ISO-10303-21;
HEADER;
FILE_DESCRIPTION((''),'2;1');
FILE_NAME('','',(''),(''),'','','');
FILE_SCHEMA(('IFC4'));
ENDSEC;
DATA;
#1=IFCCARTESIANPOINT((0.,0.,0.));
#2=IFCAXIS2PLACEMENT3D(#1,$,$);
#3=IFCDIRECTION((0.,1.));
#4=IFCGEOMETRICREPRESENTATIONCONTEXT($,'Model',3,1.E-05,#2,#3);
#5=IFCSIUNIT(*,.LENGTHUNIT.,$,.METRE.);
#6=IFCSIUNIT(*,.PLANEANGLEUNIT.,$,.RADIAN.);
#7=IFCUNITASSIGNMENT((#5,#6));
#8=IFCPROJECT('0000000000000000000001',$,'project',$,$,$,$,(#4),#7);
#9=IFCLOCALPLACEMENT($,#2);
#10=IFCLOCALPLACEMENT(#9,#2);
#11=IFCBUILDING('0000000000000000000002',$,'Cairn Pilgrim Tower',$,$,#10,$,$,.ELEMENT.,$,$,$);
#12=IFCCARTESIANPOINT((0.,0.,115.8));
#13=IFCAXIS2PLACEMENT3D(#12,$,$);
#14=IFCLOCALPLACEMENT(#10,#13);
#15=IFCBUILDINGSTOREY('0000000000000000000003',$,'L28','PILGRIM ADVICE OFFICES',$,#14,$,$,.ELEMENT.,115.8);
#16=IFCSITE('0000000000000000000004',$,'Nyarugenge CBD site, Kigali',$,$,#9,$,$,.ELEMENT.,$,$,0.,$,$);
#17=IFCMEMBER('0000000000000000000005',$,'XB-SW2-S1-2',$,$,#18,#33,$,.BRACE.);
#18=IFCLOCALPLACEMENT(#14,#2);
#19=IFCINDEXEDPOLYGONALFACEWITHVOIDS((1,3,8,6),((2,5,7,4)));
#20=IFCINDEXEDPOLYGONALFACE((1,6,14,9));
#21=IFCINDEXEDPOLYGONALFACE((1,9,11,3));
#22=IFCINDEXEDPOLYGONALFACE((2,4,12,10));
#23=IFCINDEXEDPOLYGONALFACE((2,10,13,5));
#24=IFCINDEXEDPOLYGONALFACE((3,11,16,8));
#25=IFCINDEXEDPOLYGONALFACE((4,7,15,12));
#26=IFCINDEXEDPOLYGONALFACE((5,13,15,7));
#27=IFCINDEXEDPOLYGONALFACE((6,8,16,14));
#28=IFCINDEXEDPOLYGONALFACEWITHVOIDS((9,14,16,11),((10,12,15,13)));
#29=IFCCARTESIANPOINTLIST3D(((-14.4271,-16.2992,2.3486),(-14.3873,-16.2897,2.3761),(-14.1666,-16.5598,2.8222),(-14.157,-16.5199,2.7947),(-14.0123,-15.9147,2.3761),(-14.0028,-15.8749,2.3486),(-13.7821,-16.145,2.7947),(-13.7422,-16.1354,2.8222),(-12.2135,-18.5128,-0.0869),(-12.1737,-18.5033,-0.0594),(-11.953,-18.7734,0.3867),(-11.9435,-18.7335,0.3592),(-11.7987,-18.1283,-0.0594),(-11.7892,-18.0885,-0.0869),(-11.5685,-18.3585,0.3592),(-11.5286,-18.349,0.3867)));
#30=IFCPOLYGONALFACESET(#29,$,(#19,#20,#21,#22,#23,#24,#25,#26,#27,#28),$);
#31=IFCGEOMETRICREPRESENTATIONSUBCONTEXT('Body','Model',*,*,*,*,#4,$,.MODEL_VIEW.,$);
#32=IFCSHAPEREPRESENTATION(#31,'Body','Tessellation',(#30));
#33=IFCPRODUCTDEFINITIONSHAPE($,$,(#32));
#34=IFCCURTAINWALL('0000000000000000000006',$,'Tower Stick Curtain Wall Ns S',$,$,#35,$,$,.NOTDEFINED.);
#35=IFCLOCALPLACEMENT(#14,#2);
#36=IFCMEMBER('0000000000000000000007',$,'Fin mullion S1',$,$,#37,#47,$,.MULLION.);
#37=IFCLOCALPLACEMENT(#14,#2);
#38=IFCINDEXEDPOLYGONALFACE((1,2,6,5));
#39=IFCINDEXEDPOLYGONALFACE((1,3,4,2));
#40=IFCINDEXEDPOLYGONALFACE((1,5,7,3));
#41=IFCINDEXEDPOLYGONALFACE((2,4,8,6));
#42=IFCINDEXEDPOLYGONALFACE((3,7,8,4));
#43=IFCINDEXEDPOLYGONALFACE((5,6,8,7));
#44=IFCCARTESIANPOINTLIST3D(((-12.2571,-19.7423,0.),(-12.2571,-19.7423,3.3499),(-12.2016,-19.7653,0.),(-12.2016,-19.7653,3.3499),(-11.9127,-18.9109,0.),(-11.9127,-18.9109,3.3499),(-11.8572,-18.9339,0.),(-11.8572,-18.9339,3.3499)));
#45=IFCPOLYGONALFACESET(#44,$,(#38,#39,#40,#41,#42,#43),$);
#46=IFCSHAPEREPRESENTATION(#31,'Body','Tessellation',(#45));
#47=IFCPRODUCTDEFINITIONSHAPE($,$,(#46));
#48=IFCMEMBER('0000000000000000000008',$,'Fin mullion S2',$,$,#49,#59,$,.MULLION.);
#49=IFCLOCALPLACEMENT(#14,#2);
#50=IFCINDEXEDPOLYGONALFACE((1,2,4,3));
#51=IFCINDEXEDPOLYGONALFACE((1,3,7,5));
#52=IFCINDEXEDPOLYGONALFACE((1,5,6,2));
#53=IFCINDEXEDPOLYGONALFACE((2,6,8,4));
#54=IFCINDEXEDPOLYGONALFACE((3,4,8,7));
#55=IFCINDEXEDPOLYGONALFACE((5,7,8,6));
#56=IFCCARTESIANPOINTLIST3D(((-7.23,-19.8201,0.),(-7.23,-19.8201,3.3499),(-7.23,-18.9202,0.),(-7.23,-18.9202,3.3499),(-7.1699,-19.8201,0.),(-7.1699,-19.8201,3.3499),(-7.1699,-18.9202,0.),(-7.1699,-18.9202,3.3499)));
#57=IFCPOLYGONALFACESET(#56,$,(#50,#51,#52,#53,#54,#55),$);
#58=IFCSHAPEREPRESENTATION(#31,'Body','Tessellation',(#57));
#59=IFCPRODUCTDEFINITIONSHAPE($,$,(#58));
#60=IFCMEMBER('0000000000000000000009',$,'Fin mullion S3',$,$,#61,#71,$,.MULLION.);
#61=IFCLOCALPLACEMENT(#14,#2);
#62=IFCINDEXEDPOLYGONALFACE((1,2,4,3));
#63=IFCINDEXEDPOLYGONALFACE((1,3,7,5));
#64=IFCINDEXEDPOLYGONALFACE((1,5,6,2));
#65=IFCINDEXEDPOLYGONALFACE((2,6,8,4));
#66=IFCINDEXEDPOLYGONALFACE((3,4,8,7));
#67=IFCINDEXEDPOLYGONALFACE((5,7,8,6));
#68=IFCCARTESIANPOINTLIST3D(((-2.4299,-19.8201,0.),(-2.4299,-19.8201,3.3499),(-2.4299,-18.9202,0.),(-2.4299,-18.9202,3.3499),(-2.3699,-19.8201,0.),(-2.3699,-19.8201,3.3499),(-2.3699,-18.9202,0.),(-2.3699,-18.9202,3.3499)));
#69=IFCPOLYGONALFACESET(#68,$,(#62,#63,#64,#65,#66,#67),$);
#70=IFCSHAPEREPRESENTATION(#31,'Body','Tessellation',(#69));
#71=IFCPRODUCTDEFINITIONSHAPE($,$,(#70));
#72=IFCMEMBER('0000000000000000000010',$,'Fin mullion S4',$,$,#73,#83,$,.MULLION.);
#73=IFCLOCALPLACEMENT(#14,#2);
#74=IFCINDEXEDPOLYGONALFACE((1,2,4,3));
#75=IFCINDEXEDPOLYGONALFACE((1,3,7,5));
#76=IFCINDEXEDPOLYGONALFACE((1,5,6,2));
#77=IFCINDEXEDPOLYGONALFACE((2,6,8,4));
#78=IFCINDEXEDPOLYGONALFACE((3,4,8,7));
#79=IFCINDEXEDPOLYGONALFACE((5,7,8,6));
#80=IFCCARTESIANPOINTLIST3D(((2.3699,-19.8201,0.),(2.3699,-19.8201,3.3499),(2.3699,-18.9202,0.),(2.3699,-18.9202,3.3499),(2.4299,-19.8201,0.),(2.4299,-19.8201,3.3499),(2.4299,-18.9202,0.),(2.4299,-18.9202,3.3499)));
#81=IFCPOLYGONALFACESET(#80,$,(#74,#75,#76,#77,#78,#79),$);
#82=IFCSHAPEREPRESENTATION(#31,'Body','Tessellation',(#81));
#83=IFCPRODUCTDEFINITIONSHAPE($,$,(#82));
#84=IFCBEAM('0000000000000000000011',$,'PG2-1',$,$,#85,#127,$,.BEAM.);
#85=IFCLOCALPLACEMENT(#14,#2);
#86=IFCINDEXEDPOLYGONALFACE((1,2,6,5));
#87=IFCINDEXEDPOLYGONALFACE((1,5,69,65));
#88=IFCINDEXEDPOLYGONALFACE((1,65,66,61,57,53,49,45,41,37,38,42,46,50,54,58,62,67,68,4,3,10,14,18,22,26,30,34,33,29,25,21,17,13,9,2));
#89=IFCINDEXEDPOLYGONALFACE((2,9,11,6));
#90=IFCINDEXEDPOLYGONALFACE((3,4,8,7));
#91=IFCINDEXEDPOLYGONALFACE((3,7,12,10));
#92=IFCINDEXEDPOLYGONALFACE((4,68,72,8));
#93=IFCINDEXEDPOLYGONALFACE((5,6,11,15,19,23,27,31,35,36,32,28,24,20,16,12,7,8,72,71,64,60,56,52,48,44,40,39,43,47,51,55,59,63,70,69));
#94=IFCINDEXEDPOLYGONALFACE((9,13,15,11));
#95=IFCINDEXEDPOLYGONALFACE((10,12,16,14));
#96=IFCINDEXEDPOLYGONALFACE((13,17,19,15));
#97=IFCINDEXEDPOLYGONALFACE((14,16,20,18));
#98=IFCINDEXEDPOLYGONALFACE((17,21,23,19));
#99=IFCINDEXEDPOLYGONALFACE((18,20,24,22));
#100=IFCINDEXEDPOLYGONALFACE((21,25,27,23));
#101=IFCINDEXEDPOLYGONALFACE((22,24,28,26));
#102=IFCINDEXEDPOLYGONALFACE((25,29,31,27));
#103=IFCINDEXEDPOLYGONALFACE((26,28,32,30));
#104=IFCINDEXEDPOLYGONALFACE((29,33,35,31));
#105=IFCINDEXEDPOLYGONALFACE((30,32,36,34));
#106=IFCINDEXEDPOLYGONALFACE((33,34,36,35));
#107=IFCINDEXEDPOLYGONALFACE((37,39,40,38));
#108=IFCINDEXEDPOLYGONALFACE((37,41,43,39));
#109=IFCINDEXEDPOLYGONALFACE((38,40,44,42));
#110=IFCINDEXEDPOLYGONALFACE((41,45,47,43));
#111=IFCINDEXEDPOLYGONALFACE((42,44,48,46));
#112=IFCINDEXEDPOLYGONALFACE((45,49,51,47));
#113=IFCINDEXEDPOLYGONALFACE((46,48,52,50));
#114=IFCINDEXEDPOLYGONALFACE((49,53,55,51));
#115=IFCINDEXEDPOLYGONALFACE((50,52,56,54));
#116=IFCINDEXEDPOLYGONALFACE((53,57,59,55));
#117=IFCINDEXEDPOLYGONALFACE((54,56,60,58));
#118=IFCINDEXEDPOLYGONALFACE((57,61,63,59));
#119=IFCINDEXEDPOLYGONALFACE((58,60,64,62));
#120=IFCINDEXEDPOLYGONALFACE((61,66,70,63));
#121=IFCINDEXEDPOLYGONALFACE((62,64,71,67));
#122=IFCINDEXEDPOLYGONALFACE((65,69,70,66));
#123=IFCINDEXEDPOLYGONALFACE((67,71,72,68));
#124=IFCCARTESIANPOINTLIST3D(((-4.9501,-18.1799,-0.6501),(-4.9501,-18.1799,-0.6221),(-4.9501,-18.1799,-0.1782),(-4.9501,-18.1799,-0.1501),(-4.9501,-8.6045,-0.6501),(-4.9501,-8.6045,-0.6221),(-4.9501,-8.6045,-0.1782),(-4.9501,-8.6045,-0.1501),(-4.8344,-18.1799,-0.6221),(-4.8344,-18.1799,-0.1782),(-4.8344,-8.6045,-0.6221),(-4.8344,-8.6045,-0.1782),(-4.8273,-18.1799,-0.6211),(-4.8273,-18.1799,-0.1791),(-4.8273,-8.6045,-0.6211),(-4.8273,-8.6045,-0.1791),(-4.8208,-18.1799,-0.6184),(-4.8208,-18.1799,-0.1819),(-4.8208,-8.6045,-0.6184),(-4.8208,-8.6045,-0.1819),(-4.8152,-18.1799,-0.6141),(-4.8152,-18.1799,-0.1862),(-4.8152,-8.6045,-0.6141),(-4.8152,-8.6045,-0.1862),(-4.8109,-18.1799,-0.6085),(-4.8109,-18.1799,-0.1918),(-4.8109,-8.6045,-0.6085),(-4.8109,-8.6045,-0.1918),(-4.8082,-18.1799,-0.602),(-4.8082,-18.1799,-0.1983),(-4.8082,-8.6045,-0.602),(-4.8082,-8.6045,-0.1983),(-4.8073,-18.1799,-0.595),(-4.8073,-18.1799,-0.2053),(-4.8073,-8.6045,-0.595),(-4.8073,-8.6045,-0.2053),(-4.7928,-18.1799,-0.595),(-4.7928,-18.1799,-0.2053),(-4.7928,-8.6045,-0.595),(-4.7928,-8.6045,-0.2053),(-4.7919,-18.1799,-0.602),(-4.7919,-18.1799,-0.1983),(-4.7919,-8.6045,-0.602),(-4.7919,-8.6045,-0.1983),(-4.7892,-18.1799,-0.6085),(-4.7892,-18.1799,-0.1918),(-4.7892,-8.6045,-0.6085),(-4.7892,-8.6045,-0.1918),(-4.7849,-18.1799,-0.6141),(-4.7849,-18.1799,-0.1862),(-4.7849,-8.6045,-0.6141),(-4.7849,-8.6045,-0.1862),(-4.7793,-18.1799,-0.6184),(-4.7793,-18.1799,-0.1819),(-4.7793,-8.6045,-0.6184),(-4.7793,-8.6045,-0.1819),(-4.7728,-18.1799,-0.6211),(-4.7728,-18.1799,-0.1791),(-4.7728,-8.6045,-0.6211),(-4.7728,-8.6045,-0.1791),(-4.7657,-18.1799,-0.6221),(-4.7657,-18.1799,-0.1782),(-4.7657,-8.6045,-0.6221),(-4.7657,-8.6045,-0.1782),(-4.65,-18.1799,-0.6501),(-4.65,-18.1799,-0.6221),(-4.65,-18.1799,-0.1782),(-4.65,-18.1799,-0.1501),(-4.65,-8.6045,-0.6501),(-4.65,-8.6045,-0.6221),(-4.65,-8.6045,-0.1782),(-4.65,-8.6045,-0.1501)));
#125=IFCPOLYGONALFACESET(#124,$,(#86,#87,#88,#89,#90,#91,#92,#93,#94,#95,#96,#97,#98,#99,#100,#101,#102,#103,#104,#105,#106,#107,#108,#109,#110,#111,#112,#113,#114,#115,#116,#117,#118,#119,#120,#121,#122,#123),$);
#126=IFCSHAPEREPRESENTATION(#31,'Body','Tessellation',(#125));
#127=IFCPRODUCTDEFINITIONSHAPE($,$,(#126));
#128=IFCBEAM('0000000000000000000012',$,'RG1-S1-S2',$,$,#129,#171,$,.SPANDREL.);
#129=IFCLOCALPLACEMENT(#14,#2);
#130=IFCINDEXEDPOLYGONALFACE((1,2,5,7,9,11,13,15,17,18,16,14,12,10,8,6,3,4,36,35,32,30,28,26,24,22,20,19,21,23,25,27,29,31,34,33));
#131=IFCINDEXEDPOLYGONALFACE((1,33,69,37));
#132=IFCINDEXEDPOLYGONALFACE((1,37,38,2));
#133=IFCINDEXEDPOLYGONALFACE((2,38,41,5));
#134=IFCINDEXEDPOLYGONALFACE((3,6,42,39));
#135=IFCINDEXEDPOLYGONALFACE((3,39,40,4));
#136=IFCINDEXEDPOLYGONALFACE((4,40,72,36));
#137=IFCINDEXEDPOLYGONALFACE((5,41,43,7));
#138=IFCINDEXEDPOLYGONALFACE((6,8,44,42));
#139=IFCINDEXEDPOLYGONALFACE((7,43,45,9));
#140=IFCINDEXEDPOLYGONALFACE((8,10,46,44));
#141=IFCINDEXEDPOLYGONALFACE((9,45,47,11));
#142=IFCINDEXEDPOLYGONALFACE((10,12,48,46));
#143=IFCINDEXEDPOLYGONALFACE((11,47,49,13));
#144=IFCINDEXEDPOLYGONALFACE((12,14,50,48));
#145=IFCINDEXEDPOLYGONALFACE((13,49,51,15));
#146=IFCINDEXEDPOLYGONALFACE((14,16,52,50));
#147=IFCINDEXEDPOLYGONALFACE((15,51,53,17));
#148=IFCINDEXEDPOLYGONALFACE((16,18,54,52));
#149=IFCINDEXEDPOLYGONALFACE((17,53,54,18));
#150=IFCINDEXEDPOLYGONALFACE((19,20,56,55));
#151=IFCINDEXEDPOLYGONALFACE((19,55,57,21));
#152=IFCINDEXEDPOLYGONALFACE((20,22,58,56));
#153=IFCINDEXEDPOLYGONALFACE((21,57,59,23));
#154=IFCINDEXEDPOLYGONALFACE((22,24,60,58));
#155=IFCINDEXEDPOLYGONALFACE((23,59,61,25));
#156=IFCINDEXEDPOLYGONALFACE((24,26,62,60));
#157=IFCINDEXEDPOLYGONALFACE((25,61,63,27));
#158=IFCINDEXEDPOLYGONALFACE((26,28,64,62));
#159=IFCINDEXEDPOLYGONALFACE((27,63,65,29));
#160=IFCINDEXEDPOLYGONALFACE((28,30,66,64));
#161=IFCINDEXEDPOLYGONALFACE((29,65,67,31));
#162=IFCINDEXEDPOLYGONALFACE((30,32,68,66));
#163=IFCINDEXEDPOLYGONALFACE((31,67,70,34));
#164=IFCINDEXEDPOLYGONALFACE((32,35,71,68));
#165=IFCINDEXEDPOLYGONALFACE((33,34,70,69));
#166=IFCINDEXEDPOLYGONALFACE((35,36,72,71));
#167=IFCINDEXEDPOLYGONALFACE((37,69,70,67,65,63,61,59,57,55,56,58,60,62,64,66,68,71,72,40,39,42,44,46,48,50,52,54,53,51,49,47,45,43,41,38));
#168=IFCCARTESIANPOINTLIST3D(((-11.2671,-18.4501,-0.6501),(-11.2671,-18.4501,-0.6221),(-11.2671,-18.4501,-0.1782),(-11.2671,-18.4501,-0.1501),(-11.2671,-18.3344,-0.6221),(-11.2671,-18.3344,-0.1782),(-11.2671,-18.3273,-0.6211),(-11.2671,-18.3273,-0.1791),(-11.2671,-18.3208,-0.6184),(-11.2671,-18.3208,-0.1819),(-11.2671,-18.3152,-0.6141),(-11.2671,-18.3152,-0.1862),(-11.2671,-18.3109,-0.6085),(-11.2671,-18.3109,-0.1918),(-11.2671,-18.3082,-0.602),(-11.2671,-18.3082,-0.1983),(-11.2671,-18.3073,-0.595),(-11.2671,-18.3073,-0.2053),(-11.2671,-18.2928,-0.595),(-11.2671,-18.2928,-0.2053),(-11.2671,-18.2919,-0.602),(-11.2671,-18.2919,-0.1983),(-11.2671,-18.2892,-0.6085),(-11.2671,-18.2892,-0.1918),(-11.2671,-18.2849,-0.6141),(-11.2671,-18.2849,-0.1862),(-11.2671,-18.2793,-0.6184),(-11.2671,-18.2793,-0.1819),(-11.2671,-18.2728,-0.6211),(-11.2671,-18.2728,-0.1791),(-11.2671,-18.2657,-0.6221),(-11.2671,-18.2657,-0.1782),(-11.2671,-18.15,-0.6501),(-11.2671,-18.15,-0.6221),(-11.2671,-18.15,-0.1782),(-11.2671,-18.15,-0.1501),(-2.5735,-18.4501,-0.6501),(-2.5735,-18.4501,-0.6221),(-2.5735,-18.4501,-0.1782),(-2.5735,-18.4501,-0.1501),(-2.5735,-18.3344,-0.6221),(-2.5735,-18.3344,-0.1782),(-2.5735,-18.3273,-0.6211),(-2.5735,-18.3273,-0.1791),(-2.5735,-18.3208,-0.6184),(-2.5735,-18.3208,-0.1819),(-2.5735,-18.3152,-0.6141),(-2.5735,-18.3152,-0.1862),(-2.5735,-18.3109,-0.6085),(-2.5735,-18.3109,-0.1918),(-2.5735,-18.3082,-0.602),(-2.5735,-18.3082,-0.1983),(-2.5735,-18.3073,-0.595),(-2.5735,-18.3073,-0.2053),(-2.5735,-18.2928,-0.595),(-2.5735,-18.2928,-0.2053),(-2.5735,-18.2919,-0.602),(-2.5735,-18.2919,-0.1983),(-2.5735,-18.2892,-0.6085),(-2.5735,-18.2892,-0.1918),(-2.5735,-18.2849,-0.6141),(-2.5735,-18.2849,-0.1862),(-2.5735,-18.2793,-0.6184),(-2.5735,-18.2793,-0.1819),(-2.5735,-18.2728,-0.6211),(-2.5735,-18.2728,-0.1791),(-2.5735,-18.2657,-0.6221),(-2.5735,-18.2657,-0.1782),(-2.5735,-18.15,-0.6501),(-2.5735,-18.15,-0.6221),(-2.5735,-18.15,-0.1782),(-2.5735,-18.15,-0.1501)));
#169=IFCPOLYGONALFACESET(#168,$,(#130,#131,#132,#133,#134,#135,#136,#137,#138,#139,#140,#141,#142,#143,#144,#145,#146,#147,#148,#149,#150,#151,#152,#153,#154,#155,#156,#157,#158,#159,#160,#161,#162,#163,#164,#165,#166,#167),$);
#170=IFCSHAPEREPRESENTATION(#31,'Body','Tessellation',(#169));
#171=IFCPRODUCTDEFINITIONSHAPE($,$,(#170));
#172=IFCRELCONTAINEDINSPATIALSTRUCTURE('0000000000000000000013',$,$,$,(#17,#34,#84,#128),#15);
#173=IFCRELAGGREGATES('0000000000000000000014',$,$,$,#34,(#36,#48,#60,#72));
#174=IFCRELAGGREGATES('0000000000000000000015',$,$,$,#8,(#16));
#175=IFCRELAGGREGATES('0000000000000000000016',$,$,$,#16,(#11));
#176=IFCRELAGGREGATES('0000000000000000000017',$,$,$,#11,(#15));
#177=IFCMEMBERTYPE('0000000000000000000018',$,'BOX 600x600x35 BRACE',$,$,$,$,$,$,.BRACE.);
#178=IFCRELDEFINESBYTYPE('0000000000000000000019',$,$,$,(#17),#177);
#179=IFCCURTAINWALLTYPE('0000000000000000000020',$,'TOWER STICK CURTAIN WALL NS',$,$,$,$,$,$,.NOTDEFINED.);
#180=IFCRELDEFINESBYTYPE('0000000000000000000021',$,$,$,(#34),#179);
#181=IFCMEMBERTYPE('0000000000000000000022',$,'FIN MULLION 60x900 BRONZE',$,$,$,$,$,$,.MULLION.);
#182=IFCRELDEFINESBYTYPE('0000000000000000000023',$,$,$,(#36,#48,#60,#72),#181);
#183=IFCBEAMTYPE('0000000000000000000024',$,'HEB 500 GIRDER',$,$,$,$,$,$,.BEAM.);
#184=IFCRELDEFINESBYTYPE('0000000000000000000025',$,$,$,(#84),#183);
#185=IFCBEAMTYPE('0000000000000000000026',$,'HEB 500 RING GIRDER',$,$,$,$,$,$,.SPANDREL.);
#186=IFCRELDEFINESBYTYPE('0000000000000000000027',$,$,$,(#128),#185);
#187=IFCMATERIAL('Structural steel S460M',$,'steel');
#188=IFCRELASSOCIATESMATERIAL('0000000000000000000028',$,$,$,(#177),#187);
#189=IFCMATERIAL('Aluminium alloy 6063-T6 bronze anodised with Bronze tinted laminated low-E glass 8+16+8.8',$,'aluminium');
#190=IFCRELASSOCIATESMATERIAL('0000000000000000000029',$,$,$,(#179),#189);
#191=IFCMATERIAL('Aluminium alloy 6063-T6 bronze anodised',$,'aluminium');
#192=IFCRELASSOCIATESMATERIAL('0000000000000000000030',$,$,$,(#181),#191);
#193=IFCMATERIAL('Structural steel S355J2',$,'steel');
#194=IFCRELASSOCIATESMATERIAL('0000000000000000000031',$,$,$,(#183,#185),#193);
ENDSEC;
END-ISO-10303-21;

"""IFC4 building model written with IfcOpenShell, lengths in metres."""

from ifc_helpers import new_model, si_unit, direction, frame, origin, origin_2d, place, context, subcontext, project, spatial, rectangle, hollow_rectangle, i_section, extrude, material, material_profile, profile_set, type_object, element, aggregate, save


model = new_model("IFC4")

# Units and contexts
model_context = context("Model", 3, precision=1e-05, world=origin(), true_north=direction((0.0, 1.0)))
body_context = subcontext(model_context, "Body", "Model", "MODEL_VIEW")
ifc_project = project(units=[si_unit("LENGTHUNIT", "METRE"), si_unit("PLANEANGLEUNIT", "RADIAN")], contexts=[model_context])

# Site, building, storey
site_placement = place(None, origin())
site = spatial("IfcSite", under=ifc_project, at=site_placement, Name="Nyarugenge CBD site, Kigali", CompositionType="ELEMENT", RefElevation=0.0)
building_placement = place(site_placement, origin())
building = spatial("IfcBuilding", under=site, at=building_placement, Name="Cairn Pilgrim Tower", CompositionType="ELEMENT")
storey_placement = place(building_placement, frame((0.0, 0.0, 115.8)))
storey = spatial("IfcBuildingStorey", under=building, at=storey_placement, Name="L28", Description="PILGRIM ADVICE OFFICES", CompositionType="ELEMENT", Elevation=115.8)

# Shared definitions
ifc_material_1 = material(Name="Structural steel S460M", Category="steel")

# Member
ifc_material_profile_1 = material_profile(ifc_material_1, hollow_rectangle(XDim=0.6001, YDim=0.6001, WallThickness=0.0349, at=origin_2d()), Name="BOX 600x600x35")
ifc_profile_set_1 = profile_set([ifc_material_profile_1], Name="Structural steel S460M")
member_type_1 = type_object("IfcMemberType", Name="BOX 600x600x35 BRACE", PredefinedType="BRACE", material=ifc_profile_set_1)
member_1_placement = place(storey_placement, frame((-11.8711, -18.4309, 0.1499), z_axis=(-0.558097, 0.558097, 0.614048), x_axis=(-0.707107, -0.707107, 0.0)))
element("IfcMember", 1, at=member_1_placement, inside=storey, type_object=member_type_1, Name="XB-SW2-S1-2", PredefinedType="BRACE", context=body_context, shape_type="SweptSolid", body=[
    extrude(hollow_rectangle(XDim=0.6001, YDim=0.6001, WallThickness=0.0349, at=origin_2d()), origin(), (0.0, 0.0, 1.0), 3.9663),
])

# Curtain wall, members
ifc_material_2 = material(Name="Aluminium alloy 6063-T6 bronze anodised with Bronze tinted laminated low-E glass 8+16+8.8", Category="aluminium")
curtain_wall_type = type_object("IfcCurtainWallType", Name="TOWER STICK CURTAIN WALL NS", PredefinedType="NOTDEFINED", material=ifc_material_2)
curtain_wall_placement = place(storey_placement, origin())
curtain_wall = element("IfcCurtainWall", 2, at=curtain_wall_placement, inside=storey, type_object=curtain_wall_type, Name="Tower Stick Curtain Wall Ns S", PredefinedType="NOTDEFINED")
ifc_material_3 = material(Name="Aluminium alloy 6063-T6 bronze anodised", Category="aluminium")
ifc_material_profile_2 = material_profile(ifc_material_3, rectangle(XDim=0.8999, YDim=0.0601, at=origin_2d()), Name="FIN MULLION 60x900 BRONZE")
ifc_profile_set_2 = profile_set([ifc_material_profile_2], Name="Aluminium alloy 6063-T6 bronze anodised")
member_type_2 = type_object("IfcMemberType", Name="FIN MULLION 60x900 BRONZE", PredefinedType="MULLION", material=ifc_profile_set_2)
member_2_placement = place(storey_placement, frame((-12.0571, -19.3381, 0.0), z_axis=(0.0, 0.0, 1.0), x_axis=(-0.382683, -0.92388, 0.0)))
member_2 = element("IfcMember", 3, at=member_2_placement, type_object=member_type_2, Name="Fin mullion S1", PredefinedType="MULLION", context=body_context, shape_type="SweptSolid", body=[
    extrude(rectangle(XDim=0.8999, YDim=0.0601, at=origin_2d()), origin(), (0.0, 0.0, 1.0), 3.3499),
])
member_3_placement = place(storey_placement, frame((-7.2, -19.3701, 0.0), z_axis=(0.0, 0.0, 1.0), x_axis=(0.0, -1.0, 0.0)))
member_3 = element("IfcMember", 4, at=member_3_placement, type_object=member_type_2, Name="Fin mullion S2", PredefinedType="MULLION", context=body_context, shape_type="SweptSolid", body=[
    extrude(rectangle(XDim=0.8999, YDim=0.0601, at=origin_2d()), origin(), (0.0, 0.0, 1.0), 3.3499),
])
member_4_placement = place(storey_placement, frame((-2.3999, -19.3701, 0.0), z_axis=(0.0, 0.0, 1.0), x_axis=(0.0, -1.0, 0.0)))
member_4 = element("IfcMember", 5, at=member_4_placement, type_object=member_type_2, Name="Fin mullion S3", PredefinedType="MULLION", context=body_context, shape_type="SweptSolid", body=[
    extrude(rectangle(XDim=0.8999, YDim=0.0601, at=origin_2d()), origin(), (0.0, 0.0, 1.0), 3.3499),
])
member_5_placement = place(storey_placement, frame((2.3999, -19.3701, 0.0), z_axis=(0.0, 0.0, 1.0), x_axis=(0.0, -1.0, 0.0)))
member_5 = element("IfcMember", 6, at=member_5_placement, type_object=member_type_2, Name="Fin mullion S4", PredefinedType="MULLION", context=body_context, shape_type="SweptSolid", body=[
    extrude(rectangle(XDim=0.8999, YDim=0.0601, at=origin_2d()), origin(), (0.0, 0.0, 1.0), 3.3499),
])

# Beams
ifc_material_4 = material(Name="Structural steel S355J2", Category="steel")
ifc_material_profile_3 = material_profile(ifc_material_4, i_section(OverallWidth=0.3, OverallDepth=0.5, WebThickness=0.0144, FlangeThickness=0.0281, FilletRadius=0.0271, at=origin_2d()), Name="HEB 500")
ifc_profile_set_3 = profile_set([ifc_material_profile_3], Name="Structural steel S355J2")
beam_type_1 = type_object("IfcBeamType", Name="HEB 500 GIRDER", PredefinedType="BEAM", material=ifc_profile_set_3)
beam_1_placement = place(storey_placement, frame((-4.8, -18.1799, -0.4001), z_axis=(0.0, 1.0, 0.0), x_axis=(-1.0, 0.0, 0.0)))
element("IfcBeam", 7, at=beam_1_placement, inside=storey, type_object=beam_type_1, Name="PG2-1", PredefinedType="BEAM", context=body_context, shape_type="SweptSolid", body=[
    extrude(i_section(OverallWidth=0.3, OverallDepth=0.5, WebThickness=0.0144, FlangeThickness=0.0281, FilletRadius=0.0271, at=origin_2d()), origin(), (0.0, 0.0, 1.0), 9.5754),
])
ifc_material_profile_4 = material_profile(ifc_material_4, i_section(OverallWidth=0.3, OverallDepth=0.5, WebThickness=0.0144, FlangeThickness=0.0281, FilletRadius=0.0271, at=origin_2d()), Name="HEB 500")
ifc_profile_set_4 = profile_set([ifc_material_profile_4], Name="Structural steel S355J2")
beam_type_2 = type_object("IfcBeamType", Name="HEB 500 RING GIRDER", PredefinedType="SPANDREL", material=ifc_profile_set_4)
for number, where, z_axis, x_axis, name in (
    (8, (-11.2671, -18.3, -0.4001), (1.0, 0.0, 0.0), (0.0, 1.0, 0.0), "RG1-S1-S2"),
):
    element("IfcBeam", number, at=place(storey_placement, frame(where, z_axis=z_axis, x_axis=x_axis)), inside=storey, type_object=beam_type_2, Name=name, PredefinedType="SPANDREL", context=body_context, shape_type="SweptSolid", body=[
        extrude(i_section(OverallWidth=0.3, OverallDepth=0.5, WebThickness=0.0144, FlangeThickness=0.0281, FilletRadius=0.0271, at=origin_2d()), origin(), (0.0, 0.0, 1.0), 8.6936),
    ])

aggregate(curtain_wall, [member_2, member_3, member_4, member_5])

save(model, "model.ifc")
